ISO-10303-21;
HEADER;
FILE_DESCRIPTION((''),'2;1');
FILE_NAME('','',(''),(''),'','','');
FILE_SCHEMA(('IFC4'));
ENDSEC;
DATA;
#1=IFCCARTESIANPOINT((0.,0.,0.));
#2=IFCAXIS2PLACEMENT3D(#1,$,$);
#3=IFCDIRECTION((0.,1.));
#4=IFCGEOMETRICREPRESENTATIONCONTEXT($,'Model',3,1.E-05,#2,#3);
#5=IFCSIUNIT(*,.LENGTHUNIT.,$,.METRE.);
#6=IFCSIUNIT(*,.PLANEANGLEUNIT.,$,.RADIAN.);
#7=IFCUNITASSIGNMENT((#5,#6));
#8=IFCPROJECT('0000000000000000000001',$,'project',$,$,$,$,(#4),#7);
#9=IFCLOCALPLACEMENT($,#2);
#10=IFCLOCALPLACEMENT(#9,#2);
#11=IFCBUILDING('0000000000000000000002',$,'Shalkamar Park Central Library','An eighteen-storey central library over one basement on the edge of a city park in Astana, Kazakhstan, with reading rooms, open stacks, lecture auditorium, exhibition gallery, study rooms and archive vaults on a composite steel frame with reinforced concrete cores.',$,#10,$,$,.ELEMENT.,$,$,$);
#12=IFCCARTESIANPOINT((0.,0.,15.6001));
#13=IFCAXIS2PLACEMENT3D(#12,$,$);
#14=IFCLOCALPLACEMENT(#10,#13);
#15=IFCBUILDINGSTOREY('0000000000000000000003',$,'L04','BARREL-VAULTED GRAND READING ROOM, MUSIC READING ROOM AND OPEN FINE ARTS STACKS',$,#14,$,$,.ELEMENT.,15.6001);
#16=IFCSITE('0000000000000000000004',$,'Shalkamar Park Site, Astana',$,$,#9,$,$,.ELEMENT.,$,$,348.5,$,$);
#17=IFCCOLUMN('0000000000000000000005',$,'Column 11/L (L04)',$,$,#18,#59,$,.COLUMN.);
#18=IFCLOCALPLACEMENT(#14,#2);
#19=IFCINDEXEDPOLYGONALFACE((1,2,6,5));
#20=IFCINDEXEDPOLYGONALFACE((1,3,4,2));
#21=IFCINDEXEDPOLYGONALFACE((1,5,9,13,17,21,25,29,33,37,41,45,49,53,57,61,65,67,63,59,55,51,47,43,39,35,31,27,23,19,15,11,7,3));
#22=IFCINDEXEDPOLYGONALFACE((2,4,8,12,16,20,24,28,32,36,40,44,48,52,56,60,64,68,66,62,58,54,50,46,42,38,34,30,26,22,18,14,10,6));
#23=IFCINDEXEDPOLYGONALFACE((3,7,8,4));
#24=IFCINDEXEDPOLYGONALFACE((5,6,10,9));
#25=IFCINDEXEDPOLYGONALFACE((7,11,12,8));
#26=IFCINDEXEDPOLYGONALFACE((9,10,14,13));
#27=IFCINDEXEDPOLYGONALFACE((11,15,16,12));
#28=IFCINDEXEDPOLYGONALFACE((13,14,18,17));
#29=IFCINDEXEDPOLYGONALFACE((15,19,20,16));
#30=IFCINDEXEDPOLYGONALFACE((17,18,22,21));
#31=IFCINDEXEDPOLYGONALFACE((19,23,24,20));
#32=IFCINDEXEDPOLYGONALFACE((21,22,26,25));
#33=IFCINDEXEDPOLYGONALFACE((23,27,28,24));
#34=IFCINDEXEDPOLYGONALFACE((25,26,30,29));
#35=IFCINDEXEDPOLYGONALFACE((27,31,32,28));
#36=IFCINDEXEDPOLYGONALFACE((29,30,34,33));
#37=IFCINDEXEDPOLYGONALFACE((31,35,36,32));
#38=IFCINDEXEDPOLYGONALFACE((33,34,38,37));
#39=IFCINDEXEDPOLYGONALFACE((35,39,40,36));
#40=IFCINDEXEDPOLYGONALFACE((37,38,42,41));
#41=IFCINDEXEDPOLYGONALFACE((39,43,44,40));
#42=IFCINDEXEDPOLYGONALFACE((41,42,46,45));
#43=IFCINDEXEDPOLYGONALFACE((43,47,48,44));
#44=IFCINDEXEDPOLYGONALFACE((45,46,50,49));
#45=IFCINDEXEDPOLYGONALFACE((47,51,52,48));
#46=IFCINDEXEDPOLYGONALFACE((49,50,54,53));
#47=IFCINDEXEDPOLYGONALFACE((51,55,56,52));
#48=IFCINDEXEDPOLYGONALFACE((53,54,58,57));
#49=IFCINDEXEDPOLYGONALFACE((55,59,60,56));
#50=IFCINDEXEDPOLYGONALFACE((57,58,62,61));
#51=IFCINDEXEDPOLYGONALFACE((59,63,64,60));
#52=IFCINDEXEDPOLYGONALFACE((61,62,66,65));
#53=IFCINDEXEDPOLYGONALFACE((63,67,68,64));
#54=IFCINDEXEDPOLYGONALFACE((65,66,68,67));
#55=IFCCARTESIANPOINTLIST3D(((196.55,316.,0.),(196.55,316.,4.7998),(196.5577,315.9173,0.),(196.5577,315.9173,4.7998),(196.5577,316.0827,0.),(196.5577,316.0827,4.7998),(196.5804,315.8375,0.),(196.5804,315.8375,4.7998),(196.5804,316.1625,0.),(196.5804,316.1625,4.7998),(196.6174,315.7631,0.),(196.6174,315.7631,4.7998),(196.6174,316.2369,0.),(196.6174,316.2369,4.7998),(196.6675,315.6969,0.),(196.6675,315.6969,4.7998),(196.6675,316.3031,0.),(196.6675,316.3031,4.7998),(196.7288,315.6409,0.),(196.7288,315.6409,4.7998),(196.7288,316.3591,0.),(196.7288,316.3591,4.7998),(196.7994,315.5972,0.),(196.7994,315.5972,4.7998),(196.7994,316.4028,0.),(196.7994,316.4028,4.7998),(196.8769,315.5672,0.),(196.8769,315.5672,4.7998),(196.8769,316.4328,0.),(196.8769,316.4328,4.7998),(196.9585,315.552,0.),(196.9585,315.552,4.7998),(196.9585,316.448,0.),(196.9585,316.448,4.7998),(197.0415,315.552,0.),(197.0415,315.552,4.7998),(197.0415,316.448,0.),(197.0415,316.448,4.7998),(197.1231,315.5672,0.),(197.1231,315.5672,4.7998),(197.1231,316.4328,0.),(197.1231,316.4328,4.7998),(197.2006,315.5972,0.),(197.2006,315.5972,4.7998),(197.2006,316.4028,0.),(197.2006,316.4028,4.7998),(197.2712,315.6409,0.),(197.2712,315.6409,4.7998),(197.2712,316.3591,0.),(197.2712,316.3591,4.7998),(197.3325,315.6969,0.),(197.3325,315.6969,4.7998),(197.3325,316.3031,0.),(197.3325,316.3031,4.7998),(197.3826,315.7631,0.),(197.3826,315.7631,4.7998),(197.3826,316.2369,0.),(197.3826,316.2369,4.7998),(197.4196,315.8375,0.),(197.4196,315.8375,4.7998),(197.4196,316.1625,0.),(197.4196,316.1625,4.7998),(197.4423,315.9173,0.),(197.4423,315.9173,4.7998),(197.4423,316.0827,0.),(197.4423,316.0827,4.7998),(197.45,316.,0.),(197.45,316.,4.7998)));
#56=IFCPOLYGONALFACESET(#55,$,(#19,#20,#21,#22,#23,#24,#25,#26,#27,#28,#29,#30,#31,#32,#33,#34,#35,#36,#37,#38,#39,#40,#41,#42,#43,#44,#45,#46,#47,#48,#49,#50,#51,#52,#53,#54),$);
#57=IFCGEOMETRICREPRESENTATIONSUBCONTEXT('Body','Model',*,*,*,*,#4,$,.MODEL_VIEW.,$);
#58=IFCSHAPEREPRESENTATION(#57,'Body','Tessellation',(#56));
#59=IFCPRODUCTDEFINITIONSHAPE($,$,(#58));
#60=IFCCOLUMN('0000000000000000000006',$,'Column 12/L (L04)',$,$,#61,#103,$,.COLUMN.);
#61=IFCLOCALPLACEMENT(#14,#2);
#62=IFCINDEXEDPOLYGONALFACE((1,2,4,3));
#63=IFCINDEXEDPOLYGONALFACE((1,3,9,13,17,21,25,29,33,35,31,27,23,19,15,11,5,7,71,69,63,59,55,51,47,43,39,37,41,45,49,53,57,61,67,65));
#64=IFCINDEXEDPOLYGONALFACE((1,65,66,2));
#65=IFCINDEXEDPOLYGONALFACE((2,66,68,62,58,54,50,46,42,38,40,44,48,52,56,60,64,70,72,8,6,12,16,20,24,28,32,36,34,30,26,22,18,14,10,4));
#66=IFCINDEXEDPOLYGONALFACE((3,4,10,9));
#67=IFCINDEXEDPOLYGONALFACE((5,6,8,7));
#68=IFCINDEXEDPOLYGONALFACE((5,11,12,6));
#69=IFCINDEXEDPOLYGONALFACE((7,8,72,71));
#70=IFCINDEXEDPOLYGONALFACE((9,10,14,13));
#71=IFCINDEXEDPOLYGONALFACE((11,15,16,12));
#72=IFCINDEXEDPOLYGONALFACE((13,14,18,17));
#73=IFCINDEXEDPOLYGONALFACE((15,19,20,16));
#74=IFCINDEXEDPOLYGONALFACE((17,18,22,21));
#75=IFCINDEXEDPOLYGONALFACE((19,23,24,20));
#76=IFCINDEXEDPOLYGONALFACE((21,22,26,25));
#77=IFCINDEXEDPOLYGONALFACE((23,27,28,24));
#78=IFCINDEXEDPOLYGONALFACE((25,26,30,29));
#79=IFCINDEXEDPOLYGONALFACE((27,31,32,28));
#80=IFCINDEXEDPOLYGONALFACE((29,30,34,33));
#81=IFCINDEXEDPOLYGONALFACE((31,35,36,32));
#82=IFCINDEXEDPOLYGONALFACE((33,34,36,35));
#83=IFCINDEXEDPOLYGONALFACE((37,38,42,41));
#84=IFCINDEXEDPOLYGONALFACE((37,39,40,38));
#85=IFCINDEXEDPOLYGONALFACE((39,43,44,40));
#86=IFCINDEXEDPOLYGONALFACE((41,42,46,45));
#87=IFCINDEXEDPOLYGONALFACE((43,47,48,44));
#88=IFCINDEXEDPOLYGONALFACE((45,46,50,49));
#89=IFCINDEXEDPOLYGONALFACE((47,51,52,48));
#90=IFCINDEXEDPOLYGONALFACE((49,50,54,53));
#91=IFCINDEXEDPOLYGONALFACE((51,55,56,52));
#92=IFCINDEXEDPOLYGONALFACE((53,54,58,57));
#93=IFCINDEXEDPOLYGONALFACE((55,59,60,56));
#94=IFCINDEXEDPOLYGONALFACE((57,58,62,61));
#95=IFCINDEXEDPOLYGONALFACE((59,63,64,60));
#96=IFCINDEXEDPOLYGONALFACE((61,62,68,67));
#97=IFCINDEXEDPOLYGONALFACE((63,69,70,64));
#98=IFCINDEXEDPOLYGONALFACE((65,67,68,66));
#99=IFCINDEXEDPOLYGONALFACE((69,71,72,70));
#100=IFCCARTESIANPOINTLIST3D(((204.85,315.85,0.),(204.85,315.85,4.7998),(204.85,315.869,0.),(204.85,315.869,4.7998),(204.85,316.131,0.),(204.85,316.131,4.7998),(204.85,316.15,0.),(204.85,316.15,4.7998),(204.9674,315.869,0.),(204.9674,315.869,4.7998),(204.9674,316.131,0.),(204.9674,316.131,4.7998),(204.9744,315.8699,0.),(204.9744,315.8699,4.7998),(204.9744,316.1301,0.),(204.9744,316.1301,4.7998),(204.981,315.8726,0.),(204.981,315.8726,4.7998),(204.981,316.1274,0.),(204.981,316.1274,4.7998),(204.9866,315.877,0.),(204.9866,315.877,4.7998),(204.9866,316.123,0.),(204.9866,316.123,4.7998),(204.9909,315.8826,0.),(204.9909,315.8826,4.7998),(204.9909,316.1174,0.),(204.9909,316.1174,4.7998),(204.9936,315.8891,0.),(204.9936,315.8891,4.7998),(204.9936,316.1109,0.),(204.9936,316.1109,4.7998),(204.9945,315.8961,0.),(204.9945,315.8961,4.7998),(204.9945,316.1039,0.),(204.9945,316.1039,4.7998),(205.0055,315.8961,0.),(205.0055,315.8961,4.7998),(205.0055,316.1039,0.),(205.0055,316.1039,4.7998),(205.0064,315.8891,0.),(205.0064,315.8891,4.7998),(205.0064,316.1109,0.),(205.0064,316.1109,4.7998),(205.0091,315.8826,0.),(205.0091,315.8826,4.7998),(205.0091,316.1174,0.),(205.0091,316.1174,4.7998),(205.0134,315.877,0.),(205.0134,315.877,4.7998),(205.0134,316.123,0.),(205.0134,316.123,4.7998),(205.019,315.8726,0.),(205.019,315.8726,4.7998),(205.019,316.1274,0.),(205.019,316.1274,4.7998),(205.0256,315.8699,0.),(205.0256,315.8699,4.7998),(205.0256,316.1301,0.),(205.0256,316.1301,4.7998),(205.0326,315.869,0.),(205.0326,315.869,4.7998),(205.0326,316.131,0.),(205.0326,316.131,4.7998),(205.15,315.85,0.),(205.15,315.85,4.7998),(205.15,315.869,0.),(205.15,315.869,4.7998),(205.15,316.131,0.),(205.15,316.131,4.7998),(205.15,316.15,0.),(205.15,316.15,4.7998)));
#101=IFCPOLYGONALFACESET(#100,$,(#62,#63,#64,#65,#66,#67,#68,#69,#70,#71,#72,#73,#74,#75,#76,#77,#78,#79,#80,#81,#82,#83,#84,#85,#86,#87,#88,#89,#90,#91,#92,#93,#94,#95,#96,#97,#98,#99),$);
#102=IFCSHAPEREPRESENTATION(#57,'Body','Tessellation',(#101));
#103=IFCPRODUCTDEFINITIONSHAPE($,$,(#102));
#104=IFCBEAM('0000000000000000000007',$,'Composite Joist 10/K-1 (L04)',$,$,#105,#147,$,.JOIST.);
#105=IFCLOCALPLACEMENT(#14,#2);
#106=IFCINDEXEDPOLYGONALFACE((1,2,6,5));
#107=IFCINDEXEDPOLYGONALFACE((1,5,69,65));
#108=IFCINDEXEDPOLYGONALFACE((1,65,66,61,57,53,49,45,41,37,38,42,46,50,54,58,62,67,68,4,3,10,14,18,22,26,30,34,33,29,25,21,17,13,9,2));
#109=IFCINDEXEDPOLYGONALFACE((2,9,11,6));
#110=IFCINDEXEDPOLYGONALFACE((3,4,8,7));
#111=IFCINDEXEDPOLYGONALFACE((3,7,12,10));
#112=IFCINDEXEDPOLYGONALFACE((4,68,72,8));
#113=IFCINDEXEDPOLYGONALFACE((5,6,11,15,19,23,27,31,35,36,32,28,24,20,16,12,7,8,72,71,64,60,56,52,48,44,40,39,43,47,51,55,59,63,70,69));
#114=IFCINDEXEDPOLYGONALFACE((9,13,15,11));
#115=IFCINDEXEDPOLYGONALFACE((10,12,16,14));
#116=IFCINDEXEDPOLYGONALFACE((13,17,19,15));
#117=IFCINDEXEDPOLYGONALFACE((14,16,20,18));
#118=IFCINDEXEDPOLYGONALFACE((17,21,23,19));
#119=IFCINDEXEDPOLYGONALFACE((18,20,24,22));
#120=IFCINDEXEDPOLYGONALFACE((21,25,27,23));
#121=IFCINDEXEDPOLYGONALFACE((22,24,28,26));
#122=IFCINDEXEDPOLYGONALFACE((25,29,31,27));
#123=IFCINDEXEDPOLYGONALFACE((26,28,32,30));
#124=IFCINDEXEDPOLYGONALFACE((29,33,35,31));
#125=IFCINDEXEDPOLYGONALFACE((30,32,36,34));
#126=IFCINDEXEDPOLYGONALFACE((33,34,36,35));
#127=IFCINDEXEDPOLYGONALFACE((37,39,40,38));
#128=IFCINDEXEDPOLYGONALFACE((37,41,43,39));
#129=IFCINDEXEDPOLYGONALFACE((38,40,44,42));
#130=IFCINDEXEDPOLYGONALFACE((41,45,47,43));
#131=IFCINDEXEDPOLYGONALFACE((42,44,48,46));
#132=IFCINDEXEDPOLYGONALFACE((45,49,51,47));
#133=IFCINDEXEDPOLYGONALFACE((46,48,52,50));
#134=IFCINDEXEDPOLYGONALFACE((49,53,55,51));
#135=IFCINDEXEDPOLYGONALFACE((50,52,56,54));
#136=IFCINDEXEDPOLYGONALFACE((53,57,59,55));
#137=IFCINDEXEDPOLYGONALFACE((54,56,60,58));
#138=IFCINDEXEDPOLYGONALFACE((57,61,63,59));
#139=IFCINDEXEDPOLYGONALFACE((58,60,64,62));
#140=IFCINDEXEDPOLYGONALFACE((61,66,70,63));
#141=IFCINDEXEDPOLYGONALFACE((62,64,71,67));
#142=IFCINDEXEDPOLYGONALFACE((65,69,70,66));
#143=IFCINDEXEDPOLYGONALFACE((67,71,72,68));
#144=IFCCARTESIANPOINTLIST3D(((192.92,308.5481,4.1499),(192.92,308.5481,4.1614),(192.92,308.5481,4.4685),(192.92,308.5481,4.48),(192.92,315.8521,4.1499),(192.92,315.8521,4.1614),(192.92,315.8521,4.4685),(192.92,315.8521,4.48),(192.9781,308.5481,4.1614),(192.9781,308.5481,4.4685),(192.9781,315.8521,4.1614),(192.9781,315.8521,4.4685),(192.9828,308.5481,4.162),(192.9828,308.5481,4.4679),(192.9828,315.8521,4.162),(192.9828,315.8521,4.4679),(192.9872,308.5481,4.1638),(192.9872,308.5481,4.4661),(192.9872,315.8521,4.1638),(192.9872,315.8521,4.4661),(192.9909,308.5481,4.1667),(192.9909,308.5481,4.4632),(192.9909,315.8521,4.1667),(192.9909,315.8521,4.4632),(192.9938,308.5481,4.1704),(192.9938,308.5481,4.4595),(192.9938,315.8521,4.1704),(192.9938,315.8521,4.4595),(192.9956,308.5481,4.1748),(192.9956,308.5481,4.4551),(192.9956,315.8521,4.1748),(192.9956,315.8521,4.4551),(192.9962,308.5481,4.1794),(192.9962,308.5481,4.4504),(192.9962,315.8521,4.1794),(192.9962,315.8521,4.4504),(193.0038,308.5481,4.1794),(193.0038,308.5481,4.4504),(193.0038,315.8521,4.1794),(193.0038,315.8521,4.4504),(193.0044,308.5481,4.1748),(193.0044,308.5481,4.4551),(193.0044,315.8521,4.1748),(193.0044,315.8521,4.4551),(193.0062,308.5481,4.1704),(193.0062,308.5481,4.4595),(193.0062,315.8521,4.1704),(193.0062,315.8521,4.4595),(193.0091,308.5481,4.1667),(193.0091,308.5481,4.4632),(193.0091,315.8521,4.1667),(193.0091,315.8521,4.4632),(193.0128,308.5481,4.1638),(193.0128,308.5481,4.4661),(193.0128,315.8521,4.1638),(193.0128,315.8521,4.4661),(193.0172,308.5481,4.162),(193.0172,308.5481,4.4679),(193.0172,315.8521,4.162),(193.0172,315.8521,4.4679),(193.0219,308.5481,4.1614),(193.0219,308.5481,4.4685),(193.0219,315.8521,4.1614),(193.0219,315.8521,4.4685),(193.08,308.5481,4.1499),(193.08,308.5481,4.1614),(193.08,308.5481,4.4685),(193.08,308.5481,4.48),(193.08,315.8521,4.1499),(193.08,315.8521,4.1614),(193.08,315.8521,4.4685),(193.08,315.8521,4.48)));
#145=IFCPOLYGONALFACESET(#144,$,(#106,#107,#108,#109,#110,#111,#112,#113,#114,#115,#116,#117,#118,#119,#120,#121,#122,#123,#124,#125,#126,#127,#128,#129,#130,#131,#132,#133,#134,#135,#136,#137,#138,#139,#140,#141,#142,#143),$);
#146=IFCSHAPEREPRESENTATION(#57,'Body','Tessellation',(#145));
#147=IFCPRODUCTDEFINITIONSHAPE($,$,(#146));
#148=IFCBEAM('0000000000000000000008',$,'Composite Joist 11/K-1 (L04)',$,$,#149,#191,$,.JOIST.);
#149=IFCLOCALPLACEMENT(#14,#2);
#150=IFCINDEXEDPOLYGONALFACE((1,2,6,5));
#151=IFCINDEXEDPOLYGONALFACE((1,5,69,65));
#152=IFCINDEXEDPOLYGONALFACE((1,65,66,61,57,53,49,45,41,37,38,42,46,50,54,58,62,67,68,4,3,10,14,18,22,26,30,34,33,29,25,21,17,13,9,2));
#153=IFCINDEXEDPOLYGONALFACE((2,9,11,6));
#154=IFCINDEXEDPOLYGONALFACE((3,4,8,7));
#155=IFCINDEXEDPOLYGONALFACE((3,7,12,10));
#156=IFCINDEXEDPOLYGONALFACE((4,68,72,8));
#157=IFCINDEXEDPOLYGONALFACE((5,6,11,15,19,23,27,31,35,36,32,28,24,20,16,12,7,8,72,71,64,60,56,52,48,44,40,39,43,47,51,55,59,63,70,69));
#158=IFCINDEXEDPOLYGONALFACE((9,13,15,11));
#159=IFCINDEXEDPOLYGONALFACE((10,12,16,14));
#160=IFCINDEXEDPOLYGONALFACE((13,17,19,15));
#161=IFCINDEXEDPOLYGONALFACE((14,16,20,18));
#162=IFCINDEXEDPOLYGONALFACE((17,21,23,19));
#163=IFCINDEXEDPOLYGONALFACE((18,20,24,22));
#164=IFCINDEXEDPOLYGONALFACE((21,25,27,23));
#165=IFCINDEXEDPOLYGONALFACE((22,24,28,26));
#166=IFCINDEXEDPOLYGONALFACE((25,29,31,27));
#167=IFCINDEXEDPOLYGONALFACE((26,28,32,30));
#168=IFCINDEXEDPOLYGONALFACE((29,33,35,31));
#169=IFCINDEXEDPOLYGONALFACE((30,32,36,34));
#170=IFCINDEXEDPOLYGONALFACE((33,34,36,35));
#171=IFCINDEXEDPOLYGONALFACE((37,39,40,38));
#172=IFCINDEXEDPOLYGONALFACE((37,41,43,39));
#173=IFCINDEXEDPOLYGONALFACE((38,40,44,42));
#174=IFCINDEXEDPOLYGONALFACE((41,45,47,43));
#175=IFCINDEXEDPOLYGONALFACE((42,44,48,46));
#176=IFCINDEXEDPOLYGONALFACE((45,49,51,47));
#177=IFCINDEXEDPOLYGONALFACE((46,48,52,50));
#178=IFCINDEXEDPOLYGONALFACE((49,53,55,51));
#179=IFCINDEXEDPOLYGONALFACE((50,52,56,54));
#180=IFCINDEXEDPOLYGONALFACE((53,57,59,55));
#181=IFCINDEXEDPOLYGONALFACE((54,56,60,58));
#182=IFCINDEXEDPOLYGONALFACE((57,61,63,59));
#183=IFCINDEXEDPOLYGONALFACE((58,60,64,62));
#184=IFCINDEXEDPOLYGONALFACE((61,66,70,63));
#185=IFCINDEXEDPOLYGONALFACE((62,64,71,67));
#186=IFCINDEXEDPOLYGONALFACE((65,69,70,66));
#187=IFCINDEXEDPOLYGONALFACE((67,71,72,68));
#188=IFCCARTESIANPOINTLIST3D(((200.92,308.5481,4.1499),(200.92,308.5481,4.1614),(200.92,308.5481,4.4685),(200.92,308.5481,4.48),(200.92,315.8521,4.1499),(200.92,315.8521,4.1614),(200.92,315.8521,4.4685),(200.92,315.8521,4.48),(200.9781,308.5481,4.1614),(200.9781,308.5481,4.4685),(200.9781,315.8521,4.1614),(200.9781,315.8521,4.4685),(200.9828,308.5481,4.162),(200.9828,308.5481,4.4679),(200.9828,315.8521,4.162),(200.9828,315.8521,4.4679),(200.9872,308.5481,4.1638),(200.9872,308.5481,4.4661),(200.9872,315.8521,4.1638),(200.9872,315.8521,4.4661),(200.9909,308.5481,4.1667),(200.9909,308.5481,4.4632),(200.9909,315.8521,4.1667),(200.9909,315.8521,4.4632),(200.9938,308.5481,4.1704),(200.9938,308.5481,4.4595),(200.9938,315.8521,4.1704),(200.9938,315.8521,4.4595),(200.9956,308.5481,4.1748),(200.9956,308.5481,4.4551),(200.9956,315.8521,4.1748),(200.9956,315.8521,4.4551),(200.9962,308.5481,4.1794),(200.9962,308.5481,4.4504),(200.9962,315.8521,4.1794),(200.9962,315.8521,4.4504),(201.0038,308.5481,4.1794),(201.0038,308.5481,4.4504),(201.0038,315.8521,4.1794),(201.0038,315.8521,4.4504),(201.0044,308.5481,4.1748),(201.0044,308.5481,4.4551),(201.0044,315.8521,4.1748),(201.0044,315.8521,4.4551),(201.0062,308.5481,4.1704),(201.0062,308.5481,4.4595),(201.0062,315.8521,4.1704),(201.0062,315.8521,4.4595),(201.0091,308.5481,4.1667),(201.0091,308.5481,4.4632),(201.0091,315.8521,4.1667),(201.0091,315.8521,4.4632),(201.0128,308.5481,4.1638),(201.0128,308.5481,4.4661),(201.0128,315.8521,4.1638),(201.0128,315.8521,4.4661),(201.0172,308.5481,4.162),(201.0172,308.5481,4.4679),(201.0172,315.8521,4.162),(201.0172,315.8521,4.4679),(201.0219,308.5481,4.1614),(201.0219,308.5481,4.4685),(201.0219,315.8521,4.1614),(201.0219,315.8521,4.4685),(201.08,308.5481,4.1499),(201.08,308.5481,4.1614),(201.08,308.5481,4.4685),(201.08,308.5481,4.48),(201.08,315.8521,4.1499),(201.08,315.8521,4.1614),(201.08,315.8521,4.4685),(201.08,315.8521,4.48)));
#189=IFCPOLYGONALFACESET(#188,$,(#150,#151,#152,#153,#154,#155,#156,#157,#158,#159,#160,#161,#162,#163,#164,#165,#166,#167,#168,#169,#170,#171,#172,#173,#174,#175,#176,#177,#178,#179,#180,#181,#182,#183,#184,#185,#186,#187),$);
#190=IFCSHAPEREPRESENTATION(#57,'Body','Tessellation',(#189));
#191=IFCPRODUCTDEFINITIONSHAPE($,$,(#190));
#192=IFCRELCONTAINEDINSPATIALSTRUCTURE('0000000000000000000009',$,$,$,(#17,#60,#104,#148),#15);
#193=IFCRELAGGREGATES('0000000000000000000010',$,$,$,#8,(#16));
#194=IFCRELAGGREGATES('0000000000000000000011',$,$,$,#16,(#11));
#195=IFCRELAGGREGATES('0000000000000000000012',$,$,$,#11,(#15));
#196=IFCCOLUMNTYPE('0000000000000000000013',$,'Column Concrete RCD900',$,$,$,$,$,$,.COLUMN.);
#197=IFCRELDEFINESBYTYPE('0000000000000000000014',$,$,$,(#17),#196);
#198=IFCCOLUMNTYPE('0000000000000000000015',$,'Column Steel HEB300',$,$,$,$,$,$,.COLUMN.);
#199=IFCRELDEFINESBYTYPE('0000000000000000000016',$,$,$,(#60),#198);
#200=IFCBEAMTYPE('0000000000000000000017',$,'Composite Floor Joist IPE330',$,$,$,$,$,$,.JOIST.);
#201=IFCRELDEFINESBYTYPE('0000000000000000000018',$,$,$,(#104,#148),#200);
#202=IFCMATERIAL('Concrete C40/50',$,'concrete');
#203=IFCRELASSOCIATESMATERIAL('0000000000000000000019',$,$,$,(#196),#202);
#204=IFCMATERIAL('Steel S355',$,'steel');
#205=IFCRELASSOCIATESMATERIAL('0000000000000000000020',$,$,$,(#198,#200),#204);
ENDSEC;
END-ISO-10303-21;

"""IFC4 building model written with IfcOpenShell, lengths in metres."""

from ifc_helpers import new_model, si_unit, direction, frame, origin, origin_2d, place, context, subcontext, project, spatial, circle, i_section, extrude, material, material_profile, profile_set, type_object, element, save


model = new_model("IFC4")

# Units and contexts
model_context = context("Model", 3, precision=1e-05, world=origin(), true_north=direction((0.0, 1.0)))
body_context = subcontext(model_context, "Body", "Model", "MODEL_VIEW")
ifc_project = project(units=[si_unit("LENGTHUNIT", "METRE"), si_unit("PLANEANGLEUNIT", "RADIAN")], contexts=[model_context])

# Site, building, storey
site_placement = place(None, origin())
site = spatial("IfcSite", under=ifc_project, at=site_placement, Name="Shalkamar Park Site, Astana", CompositionType="ELEMENT", RefElevation=348.5)
building_placement = place(site_placement, origin())
building = spatial("IfcBuilding", under=site, at=building_placement, Name="Shalkamar Park Central Library", Description="An eighteen-storey central library over one basement on the edge of a city park in Astana, Kazakhstan, with reading rooms, open stacks, lecture auditorium, exhibition gallery, study rooms and archive vaults on a composite steel frame with reinforced concrete cores.", CompositionType="ELEMENT")
storey_placement = place(building_placement, frame((0.0, 0.0, 15.6001)))
storey = spatial("IfcBuildingStorey", under=building, at=storey_placement, Name="L04", Description="BARREL-VAULTED GRAND READING ROOM, MUSIC READING ROOM AND OPEN FINE ARTS STACKS", CompositionType="ELEMENT", Elevation=15.6001)

# Columns
ifc_material_1 = material(Name="Concrete C40/50", Category="concrete")
ifc_material_profile_1 = material_profile(ifc_material_1, circle(Radius=0.45, at=origin_2d()), Name="RC D900")
ifc_profile_set_1 = profile_set([ifc_material_profile_1], Name="Concrete C40/50")
column_type_1 = type_object("IfcColumnType", Name="Column Concrete RCD900", PredefinedType="COLUMN", material=ifc_profile_set_1)
column_1_placement = place(storey_placement, frame((197.0, 316.0, 0.0), z_axis=(0.0, 0.0, 1.0), x_axis=(1.0, 0.0, 0.0)))
element("IfcColumn", 1, at=column_1_placement, inside=storey, type_object=column_type_1, Name="Column 11/L (L04)", PredefinedType="COLUMN", context=body_context, shape_type="SweptSolid", body=[
    extrude(circle(Radius=0.45, at=origin_2d()), origin(), (0.0, 0.0, 1.0), 4.7998),
])
ifc_material_2 = material(Name="Steel S355", Category="steel")
ifc_material_profile_2 = material_profile(ifc_material_2, i_section(OverallWidth=0.3, OverallDepth=0.3, WebThickness=0.011, FlangeThickness=0.019, FilletRadius=0.0271, at=origin_2d()), Name="HEB 300")
ifc_profile_set_2 = profile_set([ifc_material_profile_2], Name="Steel S355")
column_type_2 = type_object("IfcColumnType", Name="Column Steel HEB300", PredefinedType="COLUMN", material=ifc_profile_set_2)
column_2_placement = place(storey_placement, frame((205.0, 316.0, 0.0), z_axis=(0.0, 0.0, 1.0), x_axis=(1.0, 0.0, 0.0)))
element("IfcColumn", 2, at=column_2_placement, inside=storey, type_object=column_type_2, Name="Column 12/L (L04)", PredefinedType="COLUMN", context=body_context, shape_type="SweptSolid", body=[
    extrude(i_section(OverallWidth=0.3, OverallDepth=0.3, WebThickness=0.011, FlangeThickness=0.019, FilletRadius=0.0271, at=origin_2d()), origin(), (0.0, 0.0, 1.0), 4.7998),
])

# Beams
ifc_material_profile_3 = material_profile(ifc_material_2, i_section(OverallWidth=0.1599, OverallDepth=0.3301, WebThickness=0.0076, FlangeThickness=0.0115, FilletRadius=0.0181, at=origin_2d()), Name="IPE 330")
ifc_profile_set_3 = profile_set([ifc_material_profile_3], Name="Steel S355")
beam_type_1 = type_object("IfcBeamType", Name="Composite Floor Joist IPE330", PredefinedType="JOIST", material=ifc_profile_set_3)
for number, where, z_axis, x_axis, name in (
    (3, (193.0, 308.5481, 4.3149), (0.0, 1.0, 0.0), (-1.0, 0.0, 0.0), "Composite Joist 10/K-1 (L04)"),
    (4, (201.0, 308.5481, 4.3149), (0.0, 1.0, 0.0), (-1.0, 0.0, 0.0), "Composite Joist 11/K-1 (L04)"),
):
    element("IfcBeam", number, at=place(storey_placement, frame(where, z_axis=z_axis, x_axis=x_axis)), inside=storey, type_object=beam_type_1, Name=name, PredefinedType="JOIST", context=body_context, shape_type="SweptSolid", body=[
        extrude(i_section(OverallWidth=0.1599, OverallDepth=0.3301, WebThickness=0.0076, FlangeThickness=0.0115, FilletRadius=0.0181, at=origin_2d()), origin(), (0.0, 0.0, 1.0), 7.304),
    ])

save(model, "model.ifc")
